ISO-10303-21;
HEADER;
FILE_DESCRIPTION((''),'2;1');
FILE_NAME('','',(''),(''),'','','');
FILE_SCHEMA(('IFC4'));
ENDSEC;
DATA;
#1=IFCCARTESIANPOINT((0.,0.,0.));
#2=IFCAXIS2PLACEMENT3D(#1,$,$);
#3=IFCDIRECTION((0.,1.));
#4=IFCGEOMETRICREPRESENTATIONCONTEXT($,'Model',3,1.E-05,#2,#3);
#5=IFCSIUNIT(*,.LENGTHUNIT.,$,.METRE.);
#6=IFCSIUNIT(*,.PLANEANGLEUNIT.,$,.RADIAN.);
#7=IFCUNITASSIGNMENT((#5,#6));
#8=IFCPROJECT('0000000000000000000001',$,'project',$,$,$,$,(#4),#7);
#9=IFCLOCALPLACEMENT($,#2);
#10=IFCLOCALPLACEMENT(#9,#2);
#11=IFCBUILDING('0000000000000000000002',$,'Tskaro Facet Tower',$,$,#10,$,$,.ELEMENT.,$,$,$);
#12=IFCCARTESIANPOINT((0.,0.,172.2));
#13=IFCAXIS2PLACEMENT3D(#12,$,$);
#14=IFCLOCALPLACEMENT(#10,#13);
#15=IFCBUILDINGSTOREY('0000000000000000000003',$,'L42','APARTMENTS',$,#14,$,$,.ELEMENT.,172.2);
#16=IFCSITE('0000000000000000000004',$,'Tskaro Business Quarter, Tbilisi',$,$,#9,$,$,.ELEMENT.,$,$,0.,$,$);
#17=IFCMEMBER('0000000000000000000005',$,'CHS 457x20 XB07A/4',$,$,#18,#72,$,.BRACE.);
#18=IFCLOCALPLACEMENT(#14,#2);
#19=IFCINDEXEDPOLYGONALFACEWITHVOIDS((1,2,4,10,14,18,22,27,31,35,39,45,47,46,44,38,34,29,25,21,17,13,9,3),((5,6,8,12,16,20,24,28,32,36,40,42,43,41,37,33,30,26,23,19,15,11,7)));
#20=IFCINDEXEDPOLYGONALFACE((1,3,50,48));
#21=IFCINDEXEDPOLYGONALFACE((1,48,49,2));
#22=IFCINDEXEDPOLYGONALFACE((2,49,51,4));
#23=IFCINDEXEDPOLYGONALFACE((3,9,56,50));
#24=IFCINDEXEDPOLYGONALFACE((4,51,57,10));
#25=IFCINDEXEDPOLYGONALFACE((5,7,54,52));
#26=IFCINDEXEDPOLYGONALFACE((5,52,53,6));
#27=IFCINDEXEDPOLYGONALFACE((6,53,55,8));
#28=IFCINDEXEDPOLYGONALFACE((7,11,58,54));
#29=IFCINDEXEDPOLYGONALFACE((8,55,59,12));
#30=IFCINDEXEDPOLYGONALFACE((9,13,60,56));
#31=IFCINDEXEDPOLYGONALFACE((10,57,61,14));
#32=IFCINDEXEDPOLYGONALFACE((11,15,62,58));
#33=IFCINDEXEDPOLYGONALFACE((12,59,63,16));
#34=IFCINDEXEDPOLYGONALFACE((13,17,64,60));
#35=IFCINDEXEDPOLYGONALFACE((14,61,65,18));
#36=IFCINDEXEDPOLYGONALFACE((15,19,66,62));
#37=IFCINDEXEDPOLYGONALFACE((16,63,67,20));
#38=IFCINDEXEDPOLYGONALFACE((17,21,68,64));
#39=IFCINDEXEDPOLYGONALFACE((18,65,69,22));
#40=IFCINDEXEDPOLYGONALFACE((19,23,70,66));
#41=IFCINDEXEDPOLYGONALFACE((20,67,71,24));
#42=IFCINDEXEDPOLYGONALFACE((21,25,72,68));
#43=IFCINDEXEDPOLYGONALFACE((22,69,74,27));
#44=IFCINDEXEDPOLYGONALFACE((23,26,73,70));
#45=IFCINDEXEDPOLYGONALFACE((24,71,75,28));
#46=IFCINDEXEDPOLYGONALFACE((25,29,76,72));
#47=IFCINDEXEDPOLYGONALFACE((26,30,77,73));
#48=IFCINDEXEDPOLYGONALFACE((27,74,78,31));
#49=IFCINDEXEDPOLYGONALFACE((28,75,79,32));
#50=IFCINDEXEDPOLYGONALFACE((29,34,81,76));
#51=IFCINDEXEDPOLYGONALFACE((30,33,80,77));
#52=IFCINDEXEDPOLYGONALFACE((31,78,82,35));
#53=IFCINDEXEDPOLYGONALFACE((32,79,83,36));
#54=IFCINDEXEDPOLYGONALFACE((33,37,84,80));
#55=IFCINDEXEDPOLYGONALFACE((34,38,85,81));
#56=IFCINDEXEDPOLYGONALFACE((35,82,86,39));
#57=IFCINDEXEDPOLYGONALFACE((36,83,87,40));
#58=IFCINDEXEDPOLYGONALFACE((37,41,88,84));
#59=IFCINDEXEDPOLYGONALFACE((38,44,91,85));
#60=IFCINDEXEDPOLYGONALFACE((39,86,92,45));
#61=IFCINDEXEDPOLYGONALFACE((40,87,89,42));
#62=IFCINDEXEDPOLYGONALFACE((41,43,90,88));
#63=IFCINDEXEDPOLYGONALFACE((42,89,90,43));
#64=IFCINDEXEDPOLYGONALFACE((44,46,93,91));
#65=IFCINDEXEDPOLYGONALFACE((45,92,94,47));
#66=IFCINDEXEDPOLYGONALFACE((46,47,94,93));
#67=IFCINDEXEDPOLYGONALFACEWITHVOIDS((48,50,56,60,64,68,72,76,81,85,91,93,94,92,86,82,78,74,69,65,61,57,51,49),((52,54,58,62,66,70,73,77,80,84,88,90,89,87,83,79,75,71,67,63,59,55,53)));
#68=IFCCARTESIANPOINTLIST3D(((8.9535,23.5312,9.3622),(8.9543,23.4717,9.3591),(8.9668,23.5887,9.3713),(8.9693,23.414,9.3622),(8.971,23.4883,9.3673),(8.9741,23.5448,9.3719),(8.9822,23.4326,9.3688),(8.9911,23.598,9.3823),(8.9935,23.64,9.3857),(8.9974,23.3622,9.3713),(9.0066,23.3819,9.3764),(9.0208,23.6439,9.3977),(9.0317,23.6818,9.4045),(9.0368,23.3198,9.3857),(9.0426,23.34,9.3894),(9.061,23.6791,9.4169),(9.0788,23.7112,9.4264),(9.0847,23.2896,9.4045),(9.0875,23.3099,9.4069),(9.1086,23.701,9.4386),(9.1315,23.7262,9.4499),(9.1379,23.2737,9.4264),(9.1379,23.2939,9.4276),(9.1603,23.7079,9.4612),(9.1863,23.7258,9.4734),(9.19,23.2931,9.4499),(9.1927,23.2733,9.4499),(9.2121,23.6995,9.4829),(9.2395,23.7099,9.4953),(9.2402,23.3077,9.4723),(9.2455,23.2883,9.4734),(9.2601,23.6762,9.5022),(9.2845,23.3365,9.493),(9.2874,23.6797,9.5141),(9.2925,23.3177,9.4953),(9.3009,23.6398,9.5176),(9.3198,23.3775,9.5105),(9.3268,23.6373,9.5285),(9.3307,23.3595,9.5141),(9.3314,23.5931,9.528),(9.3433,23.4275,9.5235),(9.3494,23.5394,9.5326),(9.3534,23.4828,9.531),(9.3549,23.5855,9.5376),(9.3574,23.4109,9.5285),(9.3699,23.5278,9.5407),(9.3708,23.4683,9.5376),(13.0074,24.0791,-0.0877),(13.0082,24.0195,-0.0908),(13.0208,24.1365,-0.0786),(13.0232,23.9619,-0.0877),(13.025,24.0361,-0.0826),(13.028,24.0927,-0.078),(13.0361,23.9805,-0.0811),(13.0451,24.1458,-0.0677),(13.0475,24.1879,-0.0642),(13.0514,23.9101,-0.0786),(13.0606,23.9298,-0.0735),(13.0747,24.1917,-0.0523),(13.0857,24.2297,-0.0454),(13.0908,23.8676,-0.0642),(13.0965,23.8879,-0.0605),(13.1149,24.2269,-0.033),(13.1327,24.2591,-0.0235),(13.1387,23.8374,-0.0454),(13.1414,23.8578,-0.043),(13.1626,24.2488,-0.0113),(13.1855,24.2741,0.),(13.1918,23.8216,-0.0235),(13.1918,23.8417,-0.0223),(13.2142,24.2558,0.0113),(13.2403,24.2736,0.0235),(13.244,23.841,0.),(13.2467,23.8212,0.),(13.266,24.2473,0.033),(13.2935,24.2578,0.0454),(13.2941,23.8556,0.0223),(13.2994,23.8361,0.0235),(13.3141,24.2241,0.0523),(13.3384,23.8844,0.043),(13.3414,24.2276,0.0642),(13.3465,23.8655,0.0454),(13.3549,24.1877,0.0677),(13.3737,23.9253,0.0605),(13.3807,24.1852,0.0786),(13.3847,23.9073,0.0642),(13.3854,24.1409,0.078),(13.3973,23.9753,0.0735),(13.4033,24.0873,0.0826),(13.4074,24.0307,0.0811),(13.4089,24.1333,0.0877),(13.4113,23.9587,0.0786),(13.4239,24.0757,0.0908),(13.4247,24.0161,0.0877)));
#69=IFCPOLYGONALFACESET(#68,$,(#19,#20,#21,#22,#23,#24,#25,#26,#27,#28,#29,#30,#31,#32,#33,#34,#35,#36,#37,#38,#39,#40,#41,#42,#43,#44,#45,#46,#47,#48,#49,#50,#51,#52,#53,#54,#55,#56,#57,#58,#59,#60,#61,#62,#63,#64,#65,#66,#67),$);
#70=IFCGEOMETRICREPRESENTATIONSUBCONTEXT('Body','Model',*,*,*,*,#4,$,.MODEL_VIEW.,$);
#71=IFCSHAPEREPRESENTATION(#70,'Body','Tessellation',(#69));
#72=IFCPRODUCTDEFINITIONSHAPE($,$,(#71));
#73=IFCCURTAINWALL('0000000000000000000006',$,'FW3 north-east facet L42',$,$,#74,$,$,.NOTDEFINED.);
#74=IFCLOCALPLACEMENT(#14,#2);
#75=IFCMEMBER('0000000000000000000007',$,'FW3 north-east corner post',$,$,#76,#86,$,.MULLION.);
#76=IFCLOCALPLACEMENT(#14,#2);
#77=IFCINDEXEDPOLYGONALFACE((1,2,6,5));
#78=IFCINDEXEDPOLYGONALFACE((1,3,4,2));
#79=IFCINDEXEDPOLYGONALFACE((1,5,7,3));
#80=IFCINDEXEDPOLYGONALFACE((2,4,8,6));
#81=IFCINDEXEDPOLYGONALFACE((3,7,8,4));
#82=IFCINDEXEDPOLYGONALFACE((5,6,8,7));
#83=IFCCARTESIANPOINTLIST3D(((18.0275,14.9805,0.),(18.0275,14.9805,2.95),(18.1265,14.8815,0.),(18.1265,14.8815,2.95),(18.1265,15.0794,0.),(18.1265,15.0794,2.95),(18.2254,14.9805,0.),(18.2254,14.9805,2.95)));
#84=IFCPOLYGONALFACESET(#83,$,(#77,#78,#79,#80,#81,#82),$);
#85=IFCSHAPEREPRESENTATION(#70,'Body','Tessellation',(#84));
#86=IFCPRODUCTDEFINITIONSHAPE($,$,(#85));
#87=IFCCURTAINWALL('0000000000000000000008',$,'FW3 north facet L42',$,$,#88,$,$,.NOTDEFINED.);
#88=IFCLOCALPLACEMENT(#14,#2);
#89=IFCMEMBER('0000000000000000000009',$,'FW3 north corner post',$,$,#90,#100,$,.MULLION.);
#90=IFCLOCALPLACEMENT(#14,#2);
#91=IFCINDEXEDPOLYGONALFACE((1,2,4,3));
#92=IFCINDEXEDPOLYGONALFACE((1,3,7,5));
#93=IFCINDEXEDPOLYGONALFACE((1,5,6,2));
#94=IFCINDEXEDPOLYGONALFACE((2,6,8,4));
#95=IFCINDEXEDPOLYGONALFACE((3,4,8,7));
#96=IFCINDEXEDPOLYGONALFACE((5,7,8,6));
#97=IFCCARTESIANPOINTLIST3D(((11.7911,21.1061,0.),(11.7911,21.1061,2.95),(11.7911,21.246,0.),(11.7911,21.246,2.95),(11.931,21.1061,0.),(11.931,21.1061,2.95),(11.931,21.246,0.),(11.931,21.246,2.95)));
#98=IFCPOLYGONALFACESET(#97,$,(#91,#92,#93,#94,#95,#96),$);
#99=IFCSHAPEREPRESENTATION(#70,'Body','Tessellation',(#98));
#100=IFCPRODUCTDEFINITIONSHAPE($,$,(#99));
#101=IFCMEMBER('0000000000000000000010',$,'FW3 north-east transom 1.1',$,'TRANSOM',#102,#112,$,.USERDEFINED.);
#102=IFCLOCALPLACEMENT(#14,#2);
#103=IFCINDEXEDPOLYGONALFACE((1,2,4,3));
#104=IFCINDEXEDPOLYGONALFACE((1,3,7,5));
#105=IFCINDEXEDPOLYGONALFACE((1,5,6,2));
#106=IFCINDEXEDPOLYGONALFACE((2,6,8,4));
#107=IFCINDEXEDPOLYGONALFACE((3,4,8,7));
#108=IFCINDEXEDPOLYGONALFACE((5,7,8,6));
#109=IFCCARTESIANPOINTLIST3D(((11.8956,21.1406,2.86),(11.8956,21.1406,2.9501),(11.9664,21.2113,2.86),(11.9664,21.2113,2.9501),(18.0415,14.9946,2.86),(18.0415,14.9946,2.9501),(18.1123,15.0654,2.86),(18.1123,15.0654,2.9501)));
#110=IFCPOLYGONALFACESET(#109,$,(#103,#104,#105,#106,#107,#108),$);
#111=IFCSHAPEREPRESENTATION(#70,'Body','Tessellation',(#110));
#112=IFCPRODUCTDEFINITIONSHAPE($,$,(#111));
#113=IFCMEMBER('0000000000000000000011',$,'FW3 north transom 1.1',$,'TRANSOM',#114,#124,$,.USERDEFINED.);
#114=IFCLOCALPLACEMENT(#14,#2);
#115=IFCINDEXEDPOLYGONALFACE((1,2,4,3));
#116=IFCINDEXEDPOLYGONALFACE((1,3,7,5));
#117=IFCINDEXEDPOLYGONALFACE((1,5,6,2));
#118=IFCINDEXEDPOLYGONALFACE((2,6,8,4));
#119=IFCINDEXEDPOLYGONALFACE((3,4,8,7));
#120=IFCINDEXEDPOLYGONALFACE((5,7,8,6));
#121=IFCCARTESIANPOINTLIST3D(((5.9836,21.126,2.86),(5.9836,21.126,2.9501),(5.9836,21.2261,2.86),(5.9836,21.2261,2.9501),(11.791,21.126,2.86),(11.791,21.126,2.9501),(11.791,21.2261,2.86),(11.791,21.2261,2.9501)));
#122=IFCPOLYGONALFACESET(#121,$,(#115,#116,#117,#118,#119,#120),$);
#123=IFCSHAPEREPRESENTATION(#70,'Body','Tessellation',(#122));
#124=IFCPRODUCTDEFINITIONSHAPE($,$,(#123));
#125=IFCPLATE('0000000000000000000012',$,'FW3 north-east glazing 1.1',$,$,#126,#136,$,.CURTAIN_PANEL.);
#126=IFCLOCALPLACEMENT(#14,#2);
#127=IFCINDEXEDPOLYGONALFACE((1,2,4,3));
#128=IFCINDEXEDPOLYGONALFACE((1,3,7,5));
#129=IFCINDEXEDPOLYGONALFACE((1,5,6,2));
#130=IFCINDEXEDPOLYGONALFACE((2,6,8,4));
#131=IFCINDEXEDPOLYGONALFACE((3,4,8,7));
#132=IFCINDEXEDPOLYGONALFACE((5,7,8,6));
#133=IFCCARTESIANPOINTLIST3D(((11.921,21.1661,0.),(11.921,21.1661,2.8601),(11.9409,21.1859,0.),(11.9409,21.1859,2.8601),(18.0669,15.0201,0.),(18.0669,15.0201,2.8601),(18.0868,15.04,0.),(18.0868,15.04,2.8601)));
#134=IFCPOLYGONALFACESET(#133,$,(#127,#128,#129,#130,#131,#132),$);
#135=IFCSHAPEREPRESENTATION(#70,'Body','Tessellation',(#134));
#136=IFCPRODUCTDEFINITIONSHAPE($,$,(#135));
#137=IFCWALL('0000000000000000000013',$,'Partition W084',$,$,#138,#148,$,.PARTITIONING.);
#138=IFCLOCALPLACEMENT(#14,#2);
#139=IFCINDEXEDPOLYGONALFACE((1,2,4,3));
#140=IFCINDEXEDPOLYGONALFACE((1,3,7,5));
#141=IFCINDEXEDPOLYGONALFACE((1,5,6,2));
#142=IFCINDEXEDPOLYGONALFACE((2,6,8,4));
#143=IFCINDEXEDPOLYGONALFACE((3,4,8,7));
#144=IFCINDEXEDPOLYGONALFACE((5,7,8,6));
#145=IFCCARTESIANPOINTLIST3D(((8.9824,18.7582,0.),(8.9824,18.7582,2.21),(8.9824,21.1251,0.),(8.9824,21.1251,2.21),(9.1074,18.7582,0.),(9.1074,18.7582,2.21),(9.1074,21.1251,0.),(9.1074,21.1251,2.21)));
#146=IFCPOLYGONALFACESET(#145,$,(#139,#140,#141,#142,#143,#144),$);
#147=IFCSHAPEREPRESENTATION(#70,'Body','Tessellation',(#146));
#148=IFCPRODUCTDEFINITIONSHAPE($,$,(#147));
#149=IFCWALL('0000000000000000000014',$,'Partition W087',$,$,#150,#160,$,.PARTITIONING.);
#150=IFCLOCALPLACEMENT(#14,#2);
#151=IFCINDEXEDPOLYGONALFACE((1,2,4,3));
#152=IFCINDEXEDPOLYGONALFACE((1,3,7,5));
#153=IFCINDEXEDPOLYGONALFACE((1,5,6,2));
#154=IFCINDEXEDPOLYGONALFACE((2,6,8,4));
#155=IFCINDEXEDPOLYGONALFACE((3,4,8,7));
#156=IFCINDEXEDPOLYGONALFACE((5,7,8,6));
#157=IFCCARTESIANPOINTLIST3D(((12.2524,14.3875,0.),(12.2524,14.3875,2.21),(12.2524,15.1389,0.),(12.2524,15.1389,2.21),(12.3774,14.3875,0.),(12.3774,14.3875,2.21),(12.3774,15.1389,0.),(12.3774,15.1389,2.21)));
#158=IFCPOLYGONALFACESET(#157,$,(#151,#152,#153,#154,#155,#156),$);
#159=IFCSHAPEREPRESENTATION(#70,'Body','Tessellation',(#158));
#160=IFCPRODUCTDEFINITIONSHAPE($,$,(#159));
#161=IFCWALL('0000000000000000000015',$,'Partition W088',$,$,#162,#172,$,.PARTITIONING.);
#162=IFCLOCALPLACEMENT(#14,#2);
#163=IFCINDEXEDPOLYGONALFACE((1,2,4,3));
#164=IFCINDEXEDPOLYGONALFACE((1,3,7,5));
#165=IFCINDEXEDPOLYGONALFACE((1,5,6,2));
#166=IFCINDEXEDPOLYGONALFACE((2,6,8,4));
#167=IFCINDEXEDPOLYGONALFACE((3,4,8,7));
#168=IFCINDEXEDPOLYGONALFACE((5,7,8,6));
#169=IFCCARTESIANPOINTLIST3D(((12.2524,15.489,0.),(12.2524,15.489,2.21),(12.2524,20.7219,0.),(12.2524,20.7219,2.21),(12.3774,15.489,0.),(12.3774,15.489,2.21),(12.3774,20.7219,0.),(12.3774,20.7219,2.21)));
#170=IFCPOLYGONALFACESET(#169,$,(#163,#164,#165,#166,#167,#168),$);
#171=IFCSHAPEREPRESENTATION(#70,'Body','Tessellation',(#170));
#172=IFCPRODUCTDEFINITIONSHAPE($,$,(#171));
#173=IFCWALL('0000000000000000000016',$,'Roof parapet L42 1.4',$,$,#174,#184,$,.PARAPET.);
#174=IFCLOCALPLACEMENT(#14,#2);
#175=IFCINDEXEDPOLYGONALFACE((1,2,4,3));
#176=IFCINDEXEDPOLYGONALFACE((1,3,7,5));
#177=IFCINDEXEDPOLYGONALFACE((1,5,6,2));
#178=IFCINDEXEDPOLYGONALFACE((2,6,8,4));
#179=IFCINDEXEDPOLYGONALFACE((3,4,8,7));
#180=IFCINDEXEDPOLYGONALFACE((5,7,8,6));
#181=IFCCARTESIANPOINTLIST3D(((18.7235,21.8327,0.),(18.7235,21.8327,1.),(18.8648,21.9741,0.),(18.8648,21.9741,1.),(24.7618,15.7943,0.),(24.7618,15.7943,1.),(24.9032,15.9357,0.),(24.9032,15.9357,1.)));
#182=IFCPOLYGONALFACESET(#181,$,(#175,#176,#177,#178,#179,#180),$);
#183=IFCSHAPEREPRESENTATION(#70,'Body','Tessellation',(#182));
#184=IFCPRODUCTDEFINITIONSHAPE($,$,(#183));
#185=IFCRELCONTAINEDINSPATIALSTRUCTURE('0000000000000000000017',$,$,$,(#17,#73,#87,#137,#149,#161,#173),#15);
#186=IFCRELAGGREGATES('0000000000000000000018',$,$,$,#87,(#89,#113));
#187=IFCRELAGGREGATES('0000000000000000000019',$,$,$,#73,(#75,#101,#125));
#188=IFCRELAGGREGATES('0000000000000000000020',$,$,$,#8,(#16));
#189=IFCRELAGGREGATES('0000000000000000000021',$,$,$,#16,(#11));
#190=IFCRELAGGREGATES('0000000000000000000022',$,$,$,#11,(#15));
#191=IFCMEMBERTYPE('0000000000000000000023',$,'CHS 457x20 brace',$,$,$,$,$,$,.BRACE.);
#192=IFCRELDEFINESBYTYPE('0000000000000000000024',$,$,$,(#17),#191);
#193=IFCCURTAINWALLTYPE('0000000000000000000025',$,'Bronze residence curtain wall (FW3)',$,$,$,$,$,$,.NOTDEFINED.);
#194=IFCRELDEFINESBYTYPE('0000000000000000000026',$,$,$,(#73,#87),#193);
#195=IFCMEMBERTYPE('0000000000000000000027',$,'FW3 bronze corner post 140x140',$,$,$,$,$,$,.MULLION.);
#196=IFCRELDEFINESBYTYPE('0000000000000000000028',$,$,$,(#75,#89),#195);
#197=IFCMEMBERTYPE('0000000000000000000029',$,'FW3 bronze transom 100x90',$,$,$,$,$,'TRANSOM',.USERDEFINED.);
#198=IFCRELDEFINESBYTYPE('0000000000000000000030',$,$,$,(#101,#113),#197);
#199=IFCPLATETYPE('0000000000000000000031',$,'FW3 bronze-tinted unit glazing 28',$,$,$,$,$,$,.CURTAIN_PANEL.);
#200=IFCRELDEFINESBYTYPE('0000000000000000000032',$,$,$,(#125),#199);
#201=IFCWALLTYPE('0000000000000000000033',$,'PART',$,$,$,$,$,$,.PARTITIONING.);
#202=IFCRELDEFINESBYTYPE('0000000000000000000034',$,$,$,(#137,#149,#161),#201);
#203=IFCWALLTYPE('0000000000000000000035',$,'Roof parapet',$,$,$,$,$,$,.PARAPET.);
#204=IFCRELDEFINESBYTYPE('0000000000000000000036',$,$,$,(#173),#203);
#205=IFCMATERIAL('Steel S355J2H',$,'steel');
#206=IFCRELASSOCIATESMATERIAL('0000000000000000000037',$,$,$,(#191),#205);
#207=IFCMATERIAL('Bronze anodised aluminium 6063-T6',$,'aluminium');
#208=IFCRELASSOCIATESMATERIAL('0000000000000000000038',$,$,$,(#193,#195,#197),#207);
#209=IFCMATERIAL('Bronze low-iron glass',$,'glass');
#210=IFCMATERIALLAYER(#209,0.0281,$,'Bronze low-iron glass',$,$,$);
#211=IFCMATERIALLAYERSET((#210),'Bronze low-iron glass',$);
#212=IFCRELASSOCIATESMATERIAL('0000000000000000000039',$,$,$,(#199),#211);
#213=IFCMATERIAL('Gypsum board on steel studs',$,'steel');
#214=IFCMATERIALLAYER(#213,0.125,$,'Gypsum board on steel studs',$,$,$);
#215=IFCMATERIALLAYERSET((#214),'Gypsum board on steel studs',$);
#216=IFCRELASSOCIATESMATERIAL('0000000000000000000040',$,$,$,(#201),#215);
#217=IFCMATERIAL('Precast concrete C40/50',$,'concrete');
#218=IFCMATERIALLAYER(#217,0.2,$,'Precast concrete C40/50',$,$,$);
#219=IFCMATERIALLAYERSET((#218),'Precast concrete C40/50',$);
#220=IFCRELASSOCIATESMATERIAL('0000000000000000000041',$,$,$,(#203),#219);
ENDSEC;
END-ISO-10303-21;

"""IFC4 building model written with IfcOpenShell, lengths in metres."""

from ifc_helpers import new_model, si_unit, direction, frame, frame_2d, origin, origin_2d, place, context, subcontext, project, spatial, rectangle, hollow_circle, extrude, material, layer, layer_set, material_profile, profile_set, type_object, element, aggregate, save


model = new_model("IFC4")

# Units and contexts
model_context = context("Model", 3, precision=1e-05, world=origin(), true_north=direction((0.0, 1.0)))
body_context = subcontext(model_context, "Body", "Model", "MODEL_VIEW")
ifc_project = project(units=[si_unit("LENGTHUNIT", "METRE"), si_unit("PLANEANGLEUNIT", "RADIAN")], contexts=[model_context])

# Site, building, storey
site_placement = place(None, origin())
site = spatial("IfcSite", under=ifc_project, at=site_placement, Name="Tskaro Business Quarter, Tbilisi", CompositionType="ELEMENT", RefElevation=0.0)
building_placement = place(site_placement, origin())
building = spatial("IfcBuilding", under=site, at=building_placement, Name="Tskaro Facet Tower", CompositionType="ELEMENT")
storey_placement = place(building_placement, frame((0.0, 0.0, 172.2)))
storey = spatial("IfcBuildingStorey", under=building, at=storey_placement, Name="L42", Description="APARTMENTS", CompositionType="ELEMENT", Elevation=172.2)

# Shared definitions
ifc_material_1 = material(Name="Steel S355J2H", Category="steel")

# Member
ifc_material_profile_1 = material_profile(ifc_material_1, hollow_circle(Radius=0.2285, WallThickness=0.02, at=origin_2d()), Name="CHS 457x20")
ifc_profile_set_1 = profile_set([ifc_material_profile_1], Name="Steel S355J2H")
member_type_1 = type_object("IfcMemberType", Name="CHS 457x20 brace", PredefinedType="BRACE", material=ifc_profile_set_1)
member_1_placement = place(storey_placement, frame((13.2161, 24.0476, 0.0), z_axis=(-0.393688, -0.053203, 0.917703), x_axis=(0.133923, -0.990992, 0.0)))
element("IfcMember", 1, at=member_1_placement, inside=storey, type_object=member_type_1, Name="CHS 457x20 XB07A/4", PredefinedType="BRACE", context=body_context, shape_type="SweptSolid", body=[
    extrude(hollow_circle(Radius=0.2285, WallThickness=0.02, at=origin_2d()), origin(), (0.0, 0.0, 1.0), 10.2974),
])

# Curtain walls, members
ifc_material_2 = material(Name="Bronze anodised aluminium 6063-T6", Category="aluminium")
curtain_wall_type = type_object("IfcCurtainWallType", Name="Bronze residence curtain wall (FW3)", PredefinedType="NOTDEFINED", material=ifc_material_2)
curtain_wall_1_placement = place(storey_placement, origin())
curtain_wall_1 = element("IfcCurtainWall", 2, at=curtain_wall_1_placement, inside=storey, type_object=curtain_wall_type, Name="FW3 north-east facet L42", PredefinedType="NOTDEFINED")
ifc_material_profile_2 = material_profile(ifc_material_2, rectangle(XDim=0.1399, YDim=0.1399, at=origin_2d()), Name="Corner post 140x140")
ifc_profile_set_2 = profile_set([ifc_material_profile_2], Name="Bronze anodised aluminium 6063-T6")
member_type_2 = type_object("IfcMemberType", Name="FW3 bronze corner post 140x140", PredefinedType="MULLION", material=ifc_profile_set_2)
member_2_placement = place(storey_placement, frame((18.1265, 14.9805, 0.0), z_axis=(0.0, 0.0, 1.0), x_axis=(-0.707107, 0.707107, 0.0)))
member_2 = element("IfcMember", 3, at=member_2_placement, type_object=member_type_2, Name="FW3 north-east corner post", PredefinedType="MULLION", context=body_context, shape_type="SweptSolid", body=[
    extrude(rectangle(XDim=0.1399, YDim=0.1399, at=origin_2d()), origin(), (0.0, 0.0, 1.0), 2.95),
])
curtain_wall_2_placement = place(storey_placement, origin())
curtain_wall_2 = element("IfcCurtainWall", 4, at=curtain_wall_2_placement, inside=storey, type_object=curtain_wall_type, Name="FW3 north facet L42", PredefinedType="NOTDEFINED")
member_3_placement = place(storey_placement, frame((11.8611, 21.176, 0.0), z_axis=(0.0, 0.0, 1.0), x_axis=(-1.0, 0.0, 0.0)))
member_3 = element("IfcMember", 5, at=member_3_placement, type_object=member_type_2, Name="FW3 north corner post", PredefinedType="MULLION", context=body_context, shape_type="SweptSolid", body=[
    extrude(rectangle(XDim=0.1399, YDim=0.1399, at=origin_2d()), origin(), (0.0, 0.0, 1.0), 2.95),
])

# Members
ifc_material_profile_3 = material_profile(ifc_material_2, rectangle(XDim=0.1001, YDim=0.0901, at=origin_2d()), Name="Transom 100x90")
ifc_profile_set_3 = profile_set([ifc_material_profile_3], Name="Bronze anodised aluminium 6063-T6")
member_type_3 = type_object("IfcMemberType", Name="FW3 bronze transom 100x90", ElementType="TRANSOM", PredefinedType="USERDEFINED", material=ifc_profile_set_3)
member_4_placement = place(storey_placement, frame((18.0769, 15.03, 2.905), z_axis=(-0.707107, 0.707107, 0.0), x_axis=(-0.707107, -0.707107, 0.0)))
member_4 = element("IfcMember", 6, at=member_4_placement, type_object=member_type_3, Name="FW3 north-east transom 1.1", ObjectType="TRANSOM", PredefinedType="USERDEFINED", context=body_context, shape_type="SweptSolid", body=[
    extrude(rectangle(XDim=0.1001, YDim=0.0901, at=origin_2d()), origin(), (0.0, 0.0, 1.0), 8.6917),
])
member_5_placement = place(storey_placement, frame((11.791, 21.176, 2.905), z_axis=(-1.0, 0.0, 0.0), x_axis=(0.0, -1.0, 0.0)))
member_5 = element("IfcMember", 7, at=member_5_placement, type_object=member_type_3, Name="FW3 north transom 1.1", ObjectType="TRANSOM", PredefinedType="USERDEFINED", context=body_context, shape_type="SweptSolid", body=[
    extrude(rectangle(XDim=0.1001, YDim=0.0901, at=origin_2d()), origin(), (0.0, 0.0, 1.0), 5.8074),
])
aggregate(curtain_wall_2, [member_3, member_5])

# Plate
ifc_material_3 = material(Name="Bronze low-iron glass", Category="glass")
ifc_layer_1 = layer(ifc_material_3, 0.0281, Name="Bronze low-iron glass")
ifc_layer_set_1 = layer_set([ifc_layer_1], Name="Bronze low-iron glass")
plate_type = type_object("IfcPlateType", Name="FW3 bronze-tinted unit glazing 28", PredefinedType="CURTAIN_PANEL", material=ifc_layer_set_1)
plate_placement = place(storey_placement, frame((15.0039, 18.103, 0.0), z_axis=(0.0, 0.0, 1.0), x_axis=(-0.707107, 0.707107, 0.0)))
plate = element("IfcPlate", 8, at=plate_placement, type_object=plate_type, Name="FW3 north-east glazing 1.1", PredefinedType="CURTAIN_PANEL", context=body_context, shape_type="SweptSolid", body=[
    extrude(rectangle(XDim=8.6917, YDim=0.0281, at=origin_2d()), origin(), (0.0, 0.0, 1.0), 2.8601),
])
aggregate(curtain_wall_1, [member_2, member_4, plate])

# Walls
ifc_material_4 = material(Name="Gypsum board on steel studs", Category="steel")
ifc_layer_2 = layer(ifc_material_4, 0.125, Name="Gypsum board on steel studs")
ifc_layer_set_2 = layer_set([ifc_layer_2], Name="Gypsum board on steel studs")
wall_type_1 = type_object("IfcWallType", Name="PART", PredefinedType="PARTITIONING", material=ifc_layer_set_2)
wall_1_placement = place(storey_placement, frame((9.0449, 18.7581, 0.0), z_axis=(0.0, 0.0, 1.0), x_axis=(0.0, 1.0, 0.0)))
element("IfcWall", 9, at=wall_1_placement, inside=storey, type_object=wall_type_1, Name="Partition W084", PredefinedType="PARTITIONING", context=body_context, shape_type="SweptSolid", body=[
    extrude(rectangle(XDim=2.3669, YDim=0.125, at=frame_2d((1.1836, 0.0))), origin(), (0.0, 0.0, 1.0), 2.21),
])
wall_2_placement = place(storey_placement, frame((12.3149, 14.3875, 0.0), z_axis=(0.0, 0.0, 1.0), x_axis=(0.0, 1.0, 0.0)))
element("IfcWall", 10, at=wall_2_placement, inside=storey, type_object=wall_type_1, Name="Partition W087", PredefinedType="PARTITIONING", context=body_context, shape_type="SweptSolid", body=[
    extrude(rectangle(XDim=0.7515, YDim=0.125, at=frame_2d((0.3757, 0.0))), origin(), (0.0, 0.0, 1.0), 2.21),
])
wall_3_placement = place(storey_placement, frame((12.3149, 15.489, 0.0), z_axis=(0.0, 0.0, 1.0), x_axis=(0.0, 1.0, 0.0)))
element("IfcWall", 11, at=wall_3_placement, inside=storey, type_object=wall_type_1, Name="Partition W088", PredefinedType="PARTITIONING", context=body_context, shape_type="SweptSolid", body=[
    extrude(rectangle(XDim=5.2329, YDim=0.125, at=frame_2d((2.6165, 0.0))), origin(), (0.0, 0.0, 1.0), 2.21),
])
ifc_material_5 = material(Name="Precast concrete C40/50", Category="concrete")
ifc_layer_3 = layer(ifc_material_5, 0.2, Name="Precast concrete C40/50")
ifc_layer_set_3 = layer_set([ifc_layer_3], Name="Precast concrete C40/50")
wall_type_2 = type_object("IfcWallType", Name="Roof parapet", PredefinedType="PARAPET", material=ifc_layer_set_3)
wall_4_placement = place(storey_placement, frame((24.8325, 15.865, 0.0), z_axis=(0.0, 0.0, 1.0), x_axis=(-0.707107, 0.707107, 0.0)))
element("IfcWall", 12, at=wall_4_placement, inside=storey, type_object=wall_type_2, Name="Roof parapet L42 1.4", PredefinedType="PARAPET", context=body_context, shape_type="SweptSolid", body=[
    extrude(rectangle(XDim=8.5396, YDim=0.2, at=frame_2d((4.2698, 0.0))), origin(), (0.0, 0.0, 1.0), 1.0),
])

save(model, "model.ifc")
